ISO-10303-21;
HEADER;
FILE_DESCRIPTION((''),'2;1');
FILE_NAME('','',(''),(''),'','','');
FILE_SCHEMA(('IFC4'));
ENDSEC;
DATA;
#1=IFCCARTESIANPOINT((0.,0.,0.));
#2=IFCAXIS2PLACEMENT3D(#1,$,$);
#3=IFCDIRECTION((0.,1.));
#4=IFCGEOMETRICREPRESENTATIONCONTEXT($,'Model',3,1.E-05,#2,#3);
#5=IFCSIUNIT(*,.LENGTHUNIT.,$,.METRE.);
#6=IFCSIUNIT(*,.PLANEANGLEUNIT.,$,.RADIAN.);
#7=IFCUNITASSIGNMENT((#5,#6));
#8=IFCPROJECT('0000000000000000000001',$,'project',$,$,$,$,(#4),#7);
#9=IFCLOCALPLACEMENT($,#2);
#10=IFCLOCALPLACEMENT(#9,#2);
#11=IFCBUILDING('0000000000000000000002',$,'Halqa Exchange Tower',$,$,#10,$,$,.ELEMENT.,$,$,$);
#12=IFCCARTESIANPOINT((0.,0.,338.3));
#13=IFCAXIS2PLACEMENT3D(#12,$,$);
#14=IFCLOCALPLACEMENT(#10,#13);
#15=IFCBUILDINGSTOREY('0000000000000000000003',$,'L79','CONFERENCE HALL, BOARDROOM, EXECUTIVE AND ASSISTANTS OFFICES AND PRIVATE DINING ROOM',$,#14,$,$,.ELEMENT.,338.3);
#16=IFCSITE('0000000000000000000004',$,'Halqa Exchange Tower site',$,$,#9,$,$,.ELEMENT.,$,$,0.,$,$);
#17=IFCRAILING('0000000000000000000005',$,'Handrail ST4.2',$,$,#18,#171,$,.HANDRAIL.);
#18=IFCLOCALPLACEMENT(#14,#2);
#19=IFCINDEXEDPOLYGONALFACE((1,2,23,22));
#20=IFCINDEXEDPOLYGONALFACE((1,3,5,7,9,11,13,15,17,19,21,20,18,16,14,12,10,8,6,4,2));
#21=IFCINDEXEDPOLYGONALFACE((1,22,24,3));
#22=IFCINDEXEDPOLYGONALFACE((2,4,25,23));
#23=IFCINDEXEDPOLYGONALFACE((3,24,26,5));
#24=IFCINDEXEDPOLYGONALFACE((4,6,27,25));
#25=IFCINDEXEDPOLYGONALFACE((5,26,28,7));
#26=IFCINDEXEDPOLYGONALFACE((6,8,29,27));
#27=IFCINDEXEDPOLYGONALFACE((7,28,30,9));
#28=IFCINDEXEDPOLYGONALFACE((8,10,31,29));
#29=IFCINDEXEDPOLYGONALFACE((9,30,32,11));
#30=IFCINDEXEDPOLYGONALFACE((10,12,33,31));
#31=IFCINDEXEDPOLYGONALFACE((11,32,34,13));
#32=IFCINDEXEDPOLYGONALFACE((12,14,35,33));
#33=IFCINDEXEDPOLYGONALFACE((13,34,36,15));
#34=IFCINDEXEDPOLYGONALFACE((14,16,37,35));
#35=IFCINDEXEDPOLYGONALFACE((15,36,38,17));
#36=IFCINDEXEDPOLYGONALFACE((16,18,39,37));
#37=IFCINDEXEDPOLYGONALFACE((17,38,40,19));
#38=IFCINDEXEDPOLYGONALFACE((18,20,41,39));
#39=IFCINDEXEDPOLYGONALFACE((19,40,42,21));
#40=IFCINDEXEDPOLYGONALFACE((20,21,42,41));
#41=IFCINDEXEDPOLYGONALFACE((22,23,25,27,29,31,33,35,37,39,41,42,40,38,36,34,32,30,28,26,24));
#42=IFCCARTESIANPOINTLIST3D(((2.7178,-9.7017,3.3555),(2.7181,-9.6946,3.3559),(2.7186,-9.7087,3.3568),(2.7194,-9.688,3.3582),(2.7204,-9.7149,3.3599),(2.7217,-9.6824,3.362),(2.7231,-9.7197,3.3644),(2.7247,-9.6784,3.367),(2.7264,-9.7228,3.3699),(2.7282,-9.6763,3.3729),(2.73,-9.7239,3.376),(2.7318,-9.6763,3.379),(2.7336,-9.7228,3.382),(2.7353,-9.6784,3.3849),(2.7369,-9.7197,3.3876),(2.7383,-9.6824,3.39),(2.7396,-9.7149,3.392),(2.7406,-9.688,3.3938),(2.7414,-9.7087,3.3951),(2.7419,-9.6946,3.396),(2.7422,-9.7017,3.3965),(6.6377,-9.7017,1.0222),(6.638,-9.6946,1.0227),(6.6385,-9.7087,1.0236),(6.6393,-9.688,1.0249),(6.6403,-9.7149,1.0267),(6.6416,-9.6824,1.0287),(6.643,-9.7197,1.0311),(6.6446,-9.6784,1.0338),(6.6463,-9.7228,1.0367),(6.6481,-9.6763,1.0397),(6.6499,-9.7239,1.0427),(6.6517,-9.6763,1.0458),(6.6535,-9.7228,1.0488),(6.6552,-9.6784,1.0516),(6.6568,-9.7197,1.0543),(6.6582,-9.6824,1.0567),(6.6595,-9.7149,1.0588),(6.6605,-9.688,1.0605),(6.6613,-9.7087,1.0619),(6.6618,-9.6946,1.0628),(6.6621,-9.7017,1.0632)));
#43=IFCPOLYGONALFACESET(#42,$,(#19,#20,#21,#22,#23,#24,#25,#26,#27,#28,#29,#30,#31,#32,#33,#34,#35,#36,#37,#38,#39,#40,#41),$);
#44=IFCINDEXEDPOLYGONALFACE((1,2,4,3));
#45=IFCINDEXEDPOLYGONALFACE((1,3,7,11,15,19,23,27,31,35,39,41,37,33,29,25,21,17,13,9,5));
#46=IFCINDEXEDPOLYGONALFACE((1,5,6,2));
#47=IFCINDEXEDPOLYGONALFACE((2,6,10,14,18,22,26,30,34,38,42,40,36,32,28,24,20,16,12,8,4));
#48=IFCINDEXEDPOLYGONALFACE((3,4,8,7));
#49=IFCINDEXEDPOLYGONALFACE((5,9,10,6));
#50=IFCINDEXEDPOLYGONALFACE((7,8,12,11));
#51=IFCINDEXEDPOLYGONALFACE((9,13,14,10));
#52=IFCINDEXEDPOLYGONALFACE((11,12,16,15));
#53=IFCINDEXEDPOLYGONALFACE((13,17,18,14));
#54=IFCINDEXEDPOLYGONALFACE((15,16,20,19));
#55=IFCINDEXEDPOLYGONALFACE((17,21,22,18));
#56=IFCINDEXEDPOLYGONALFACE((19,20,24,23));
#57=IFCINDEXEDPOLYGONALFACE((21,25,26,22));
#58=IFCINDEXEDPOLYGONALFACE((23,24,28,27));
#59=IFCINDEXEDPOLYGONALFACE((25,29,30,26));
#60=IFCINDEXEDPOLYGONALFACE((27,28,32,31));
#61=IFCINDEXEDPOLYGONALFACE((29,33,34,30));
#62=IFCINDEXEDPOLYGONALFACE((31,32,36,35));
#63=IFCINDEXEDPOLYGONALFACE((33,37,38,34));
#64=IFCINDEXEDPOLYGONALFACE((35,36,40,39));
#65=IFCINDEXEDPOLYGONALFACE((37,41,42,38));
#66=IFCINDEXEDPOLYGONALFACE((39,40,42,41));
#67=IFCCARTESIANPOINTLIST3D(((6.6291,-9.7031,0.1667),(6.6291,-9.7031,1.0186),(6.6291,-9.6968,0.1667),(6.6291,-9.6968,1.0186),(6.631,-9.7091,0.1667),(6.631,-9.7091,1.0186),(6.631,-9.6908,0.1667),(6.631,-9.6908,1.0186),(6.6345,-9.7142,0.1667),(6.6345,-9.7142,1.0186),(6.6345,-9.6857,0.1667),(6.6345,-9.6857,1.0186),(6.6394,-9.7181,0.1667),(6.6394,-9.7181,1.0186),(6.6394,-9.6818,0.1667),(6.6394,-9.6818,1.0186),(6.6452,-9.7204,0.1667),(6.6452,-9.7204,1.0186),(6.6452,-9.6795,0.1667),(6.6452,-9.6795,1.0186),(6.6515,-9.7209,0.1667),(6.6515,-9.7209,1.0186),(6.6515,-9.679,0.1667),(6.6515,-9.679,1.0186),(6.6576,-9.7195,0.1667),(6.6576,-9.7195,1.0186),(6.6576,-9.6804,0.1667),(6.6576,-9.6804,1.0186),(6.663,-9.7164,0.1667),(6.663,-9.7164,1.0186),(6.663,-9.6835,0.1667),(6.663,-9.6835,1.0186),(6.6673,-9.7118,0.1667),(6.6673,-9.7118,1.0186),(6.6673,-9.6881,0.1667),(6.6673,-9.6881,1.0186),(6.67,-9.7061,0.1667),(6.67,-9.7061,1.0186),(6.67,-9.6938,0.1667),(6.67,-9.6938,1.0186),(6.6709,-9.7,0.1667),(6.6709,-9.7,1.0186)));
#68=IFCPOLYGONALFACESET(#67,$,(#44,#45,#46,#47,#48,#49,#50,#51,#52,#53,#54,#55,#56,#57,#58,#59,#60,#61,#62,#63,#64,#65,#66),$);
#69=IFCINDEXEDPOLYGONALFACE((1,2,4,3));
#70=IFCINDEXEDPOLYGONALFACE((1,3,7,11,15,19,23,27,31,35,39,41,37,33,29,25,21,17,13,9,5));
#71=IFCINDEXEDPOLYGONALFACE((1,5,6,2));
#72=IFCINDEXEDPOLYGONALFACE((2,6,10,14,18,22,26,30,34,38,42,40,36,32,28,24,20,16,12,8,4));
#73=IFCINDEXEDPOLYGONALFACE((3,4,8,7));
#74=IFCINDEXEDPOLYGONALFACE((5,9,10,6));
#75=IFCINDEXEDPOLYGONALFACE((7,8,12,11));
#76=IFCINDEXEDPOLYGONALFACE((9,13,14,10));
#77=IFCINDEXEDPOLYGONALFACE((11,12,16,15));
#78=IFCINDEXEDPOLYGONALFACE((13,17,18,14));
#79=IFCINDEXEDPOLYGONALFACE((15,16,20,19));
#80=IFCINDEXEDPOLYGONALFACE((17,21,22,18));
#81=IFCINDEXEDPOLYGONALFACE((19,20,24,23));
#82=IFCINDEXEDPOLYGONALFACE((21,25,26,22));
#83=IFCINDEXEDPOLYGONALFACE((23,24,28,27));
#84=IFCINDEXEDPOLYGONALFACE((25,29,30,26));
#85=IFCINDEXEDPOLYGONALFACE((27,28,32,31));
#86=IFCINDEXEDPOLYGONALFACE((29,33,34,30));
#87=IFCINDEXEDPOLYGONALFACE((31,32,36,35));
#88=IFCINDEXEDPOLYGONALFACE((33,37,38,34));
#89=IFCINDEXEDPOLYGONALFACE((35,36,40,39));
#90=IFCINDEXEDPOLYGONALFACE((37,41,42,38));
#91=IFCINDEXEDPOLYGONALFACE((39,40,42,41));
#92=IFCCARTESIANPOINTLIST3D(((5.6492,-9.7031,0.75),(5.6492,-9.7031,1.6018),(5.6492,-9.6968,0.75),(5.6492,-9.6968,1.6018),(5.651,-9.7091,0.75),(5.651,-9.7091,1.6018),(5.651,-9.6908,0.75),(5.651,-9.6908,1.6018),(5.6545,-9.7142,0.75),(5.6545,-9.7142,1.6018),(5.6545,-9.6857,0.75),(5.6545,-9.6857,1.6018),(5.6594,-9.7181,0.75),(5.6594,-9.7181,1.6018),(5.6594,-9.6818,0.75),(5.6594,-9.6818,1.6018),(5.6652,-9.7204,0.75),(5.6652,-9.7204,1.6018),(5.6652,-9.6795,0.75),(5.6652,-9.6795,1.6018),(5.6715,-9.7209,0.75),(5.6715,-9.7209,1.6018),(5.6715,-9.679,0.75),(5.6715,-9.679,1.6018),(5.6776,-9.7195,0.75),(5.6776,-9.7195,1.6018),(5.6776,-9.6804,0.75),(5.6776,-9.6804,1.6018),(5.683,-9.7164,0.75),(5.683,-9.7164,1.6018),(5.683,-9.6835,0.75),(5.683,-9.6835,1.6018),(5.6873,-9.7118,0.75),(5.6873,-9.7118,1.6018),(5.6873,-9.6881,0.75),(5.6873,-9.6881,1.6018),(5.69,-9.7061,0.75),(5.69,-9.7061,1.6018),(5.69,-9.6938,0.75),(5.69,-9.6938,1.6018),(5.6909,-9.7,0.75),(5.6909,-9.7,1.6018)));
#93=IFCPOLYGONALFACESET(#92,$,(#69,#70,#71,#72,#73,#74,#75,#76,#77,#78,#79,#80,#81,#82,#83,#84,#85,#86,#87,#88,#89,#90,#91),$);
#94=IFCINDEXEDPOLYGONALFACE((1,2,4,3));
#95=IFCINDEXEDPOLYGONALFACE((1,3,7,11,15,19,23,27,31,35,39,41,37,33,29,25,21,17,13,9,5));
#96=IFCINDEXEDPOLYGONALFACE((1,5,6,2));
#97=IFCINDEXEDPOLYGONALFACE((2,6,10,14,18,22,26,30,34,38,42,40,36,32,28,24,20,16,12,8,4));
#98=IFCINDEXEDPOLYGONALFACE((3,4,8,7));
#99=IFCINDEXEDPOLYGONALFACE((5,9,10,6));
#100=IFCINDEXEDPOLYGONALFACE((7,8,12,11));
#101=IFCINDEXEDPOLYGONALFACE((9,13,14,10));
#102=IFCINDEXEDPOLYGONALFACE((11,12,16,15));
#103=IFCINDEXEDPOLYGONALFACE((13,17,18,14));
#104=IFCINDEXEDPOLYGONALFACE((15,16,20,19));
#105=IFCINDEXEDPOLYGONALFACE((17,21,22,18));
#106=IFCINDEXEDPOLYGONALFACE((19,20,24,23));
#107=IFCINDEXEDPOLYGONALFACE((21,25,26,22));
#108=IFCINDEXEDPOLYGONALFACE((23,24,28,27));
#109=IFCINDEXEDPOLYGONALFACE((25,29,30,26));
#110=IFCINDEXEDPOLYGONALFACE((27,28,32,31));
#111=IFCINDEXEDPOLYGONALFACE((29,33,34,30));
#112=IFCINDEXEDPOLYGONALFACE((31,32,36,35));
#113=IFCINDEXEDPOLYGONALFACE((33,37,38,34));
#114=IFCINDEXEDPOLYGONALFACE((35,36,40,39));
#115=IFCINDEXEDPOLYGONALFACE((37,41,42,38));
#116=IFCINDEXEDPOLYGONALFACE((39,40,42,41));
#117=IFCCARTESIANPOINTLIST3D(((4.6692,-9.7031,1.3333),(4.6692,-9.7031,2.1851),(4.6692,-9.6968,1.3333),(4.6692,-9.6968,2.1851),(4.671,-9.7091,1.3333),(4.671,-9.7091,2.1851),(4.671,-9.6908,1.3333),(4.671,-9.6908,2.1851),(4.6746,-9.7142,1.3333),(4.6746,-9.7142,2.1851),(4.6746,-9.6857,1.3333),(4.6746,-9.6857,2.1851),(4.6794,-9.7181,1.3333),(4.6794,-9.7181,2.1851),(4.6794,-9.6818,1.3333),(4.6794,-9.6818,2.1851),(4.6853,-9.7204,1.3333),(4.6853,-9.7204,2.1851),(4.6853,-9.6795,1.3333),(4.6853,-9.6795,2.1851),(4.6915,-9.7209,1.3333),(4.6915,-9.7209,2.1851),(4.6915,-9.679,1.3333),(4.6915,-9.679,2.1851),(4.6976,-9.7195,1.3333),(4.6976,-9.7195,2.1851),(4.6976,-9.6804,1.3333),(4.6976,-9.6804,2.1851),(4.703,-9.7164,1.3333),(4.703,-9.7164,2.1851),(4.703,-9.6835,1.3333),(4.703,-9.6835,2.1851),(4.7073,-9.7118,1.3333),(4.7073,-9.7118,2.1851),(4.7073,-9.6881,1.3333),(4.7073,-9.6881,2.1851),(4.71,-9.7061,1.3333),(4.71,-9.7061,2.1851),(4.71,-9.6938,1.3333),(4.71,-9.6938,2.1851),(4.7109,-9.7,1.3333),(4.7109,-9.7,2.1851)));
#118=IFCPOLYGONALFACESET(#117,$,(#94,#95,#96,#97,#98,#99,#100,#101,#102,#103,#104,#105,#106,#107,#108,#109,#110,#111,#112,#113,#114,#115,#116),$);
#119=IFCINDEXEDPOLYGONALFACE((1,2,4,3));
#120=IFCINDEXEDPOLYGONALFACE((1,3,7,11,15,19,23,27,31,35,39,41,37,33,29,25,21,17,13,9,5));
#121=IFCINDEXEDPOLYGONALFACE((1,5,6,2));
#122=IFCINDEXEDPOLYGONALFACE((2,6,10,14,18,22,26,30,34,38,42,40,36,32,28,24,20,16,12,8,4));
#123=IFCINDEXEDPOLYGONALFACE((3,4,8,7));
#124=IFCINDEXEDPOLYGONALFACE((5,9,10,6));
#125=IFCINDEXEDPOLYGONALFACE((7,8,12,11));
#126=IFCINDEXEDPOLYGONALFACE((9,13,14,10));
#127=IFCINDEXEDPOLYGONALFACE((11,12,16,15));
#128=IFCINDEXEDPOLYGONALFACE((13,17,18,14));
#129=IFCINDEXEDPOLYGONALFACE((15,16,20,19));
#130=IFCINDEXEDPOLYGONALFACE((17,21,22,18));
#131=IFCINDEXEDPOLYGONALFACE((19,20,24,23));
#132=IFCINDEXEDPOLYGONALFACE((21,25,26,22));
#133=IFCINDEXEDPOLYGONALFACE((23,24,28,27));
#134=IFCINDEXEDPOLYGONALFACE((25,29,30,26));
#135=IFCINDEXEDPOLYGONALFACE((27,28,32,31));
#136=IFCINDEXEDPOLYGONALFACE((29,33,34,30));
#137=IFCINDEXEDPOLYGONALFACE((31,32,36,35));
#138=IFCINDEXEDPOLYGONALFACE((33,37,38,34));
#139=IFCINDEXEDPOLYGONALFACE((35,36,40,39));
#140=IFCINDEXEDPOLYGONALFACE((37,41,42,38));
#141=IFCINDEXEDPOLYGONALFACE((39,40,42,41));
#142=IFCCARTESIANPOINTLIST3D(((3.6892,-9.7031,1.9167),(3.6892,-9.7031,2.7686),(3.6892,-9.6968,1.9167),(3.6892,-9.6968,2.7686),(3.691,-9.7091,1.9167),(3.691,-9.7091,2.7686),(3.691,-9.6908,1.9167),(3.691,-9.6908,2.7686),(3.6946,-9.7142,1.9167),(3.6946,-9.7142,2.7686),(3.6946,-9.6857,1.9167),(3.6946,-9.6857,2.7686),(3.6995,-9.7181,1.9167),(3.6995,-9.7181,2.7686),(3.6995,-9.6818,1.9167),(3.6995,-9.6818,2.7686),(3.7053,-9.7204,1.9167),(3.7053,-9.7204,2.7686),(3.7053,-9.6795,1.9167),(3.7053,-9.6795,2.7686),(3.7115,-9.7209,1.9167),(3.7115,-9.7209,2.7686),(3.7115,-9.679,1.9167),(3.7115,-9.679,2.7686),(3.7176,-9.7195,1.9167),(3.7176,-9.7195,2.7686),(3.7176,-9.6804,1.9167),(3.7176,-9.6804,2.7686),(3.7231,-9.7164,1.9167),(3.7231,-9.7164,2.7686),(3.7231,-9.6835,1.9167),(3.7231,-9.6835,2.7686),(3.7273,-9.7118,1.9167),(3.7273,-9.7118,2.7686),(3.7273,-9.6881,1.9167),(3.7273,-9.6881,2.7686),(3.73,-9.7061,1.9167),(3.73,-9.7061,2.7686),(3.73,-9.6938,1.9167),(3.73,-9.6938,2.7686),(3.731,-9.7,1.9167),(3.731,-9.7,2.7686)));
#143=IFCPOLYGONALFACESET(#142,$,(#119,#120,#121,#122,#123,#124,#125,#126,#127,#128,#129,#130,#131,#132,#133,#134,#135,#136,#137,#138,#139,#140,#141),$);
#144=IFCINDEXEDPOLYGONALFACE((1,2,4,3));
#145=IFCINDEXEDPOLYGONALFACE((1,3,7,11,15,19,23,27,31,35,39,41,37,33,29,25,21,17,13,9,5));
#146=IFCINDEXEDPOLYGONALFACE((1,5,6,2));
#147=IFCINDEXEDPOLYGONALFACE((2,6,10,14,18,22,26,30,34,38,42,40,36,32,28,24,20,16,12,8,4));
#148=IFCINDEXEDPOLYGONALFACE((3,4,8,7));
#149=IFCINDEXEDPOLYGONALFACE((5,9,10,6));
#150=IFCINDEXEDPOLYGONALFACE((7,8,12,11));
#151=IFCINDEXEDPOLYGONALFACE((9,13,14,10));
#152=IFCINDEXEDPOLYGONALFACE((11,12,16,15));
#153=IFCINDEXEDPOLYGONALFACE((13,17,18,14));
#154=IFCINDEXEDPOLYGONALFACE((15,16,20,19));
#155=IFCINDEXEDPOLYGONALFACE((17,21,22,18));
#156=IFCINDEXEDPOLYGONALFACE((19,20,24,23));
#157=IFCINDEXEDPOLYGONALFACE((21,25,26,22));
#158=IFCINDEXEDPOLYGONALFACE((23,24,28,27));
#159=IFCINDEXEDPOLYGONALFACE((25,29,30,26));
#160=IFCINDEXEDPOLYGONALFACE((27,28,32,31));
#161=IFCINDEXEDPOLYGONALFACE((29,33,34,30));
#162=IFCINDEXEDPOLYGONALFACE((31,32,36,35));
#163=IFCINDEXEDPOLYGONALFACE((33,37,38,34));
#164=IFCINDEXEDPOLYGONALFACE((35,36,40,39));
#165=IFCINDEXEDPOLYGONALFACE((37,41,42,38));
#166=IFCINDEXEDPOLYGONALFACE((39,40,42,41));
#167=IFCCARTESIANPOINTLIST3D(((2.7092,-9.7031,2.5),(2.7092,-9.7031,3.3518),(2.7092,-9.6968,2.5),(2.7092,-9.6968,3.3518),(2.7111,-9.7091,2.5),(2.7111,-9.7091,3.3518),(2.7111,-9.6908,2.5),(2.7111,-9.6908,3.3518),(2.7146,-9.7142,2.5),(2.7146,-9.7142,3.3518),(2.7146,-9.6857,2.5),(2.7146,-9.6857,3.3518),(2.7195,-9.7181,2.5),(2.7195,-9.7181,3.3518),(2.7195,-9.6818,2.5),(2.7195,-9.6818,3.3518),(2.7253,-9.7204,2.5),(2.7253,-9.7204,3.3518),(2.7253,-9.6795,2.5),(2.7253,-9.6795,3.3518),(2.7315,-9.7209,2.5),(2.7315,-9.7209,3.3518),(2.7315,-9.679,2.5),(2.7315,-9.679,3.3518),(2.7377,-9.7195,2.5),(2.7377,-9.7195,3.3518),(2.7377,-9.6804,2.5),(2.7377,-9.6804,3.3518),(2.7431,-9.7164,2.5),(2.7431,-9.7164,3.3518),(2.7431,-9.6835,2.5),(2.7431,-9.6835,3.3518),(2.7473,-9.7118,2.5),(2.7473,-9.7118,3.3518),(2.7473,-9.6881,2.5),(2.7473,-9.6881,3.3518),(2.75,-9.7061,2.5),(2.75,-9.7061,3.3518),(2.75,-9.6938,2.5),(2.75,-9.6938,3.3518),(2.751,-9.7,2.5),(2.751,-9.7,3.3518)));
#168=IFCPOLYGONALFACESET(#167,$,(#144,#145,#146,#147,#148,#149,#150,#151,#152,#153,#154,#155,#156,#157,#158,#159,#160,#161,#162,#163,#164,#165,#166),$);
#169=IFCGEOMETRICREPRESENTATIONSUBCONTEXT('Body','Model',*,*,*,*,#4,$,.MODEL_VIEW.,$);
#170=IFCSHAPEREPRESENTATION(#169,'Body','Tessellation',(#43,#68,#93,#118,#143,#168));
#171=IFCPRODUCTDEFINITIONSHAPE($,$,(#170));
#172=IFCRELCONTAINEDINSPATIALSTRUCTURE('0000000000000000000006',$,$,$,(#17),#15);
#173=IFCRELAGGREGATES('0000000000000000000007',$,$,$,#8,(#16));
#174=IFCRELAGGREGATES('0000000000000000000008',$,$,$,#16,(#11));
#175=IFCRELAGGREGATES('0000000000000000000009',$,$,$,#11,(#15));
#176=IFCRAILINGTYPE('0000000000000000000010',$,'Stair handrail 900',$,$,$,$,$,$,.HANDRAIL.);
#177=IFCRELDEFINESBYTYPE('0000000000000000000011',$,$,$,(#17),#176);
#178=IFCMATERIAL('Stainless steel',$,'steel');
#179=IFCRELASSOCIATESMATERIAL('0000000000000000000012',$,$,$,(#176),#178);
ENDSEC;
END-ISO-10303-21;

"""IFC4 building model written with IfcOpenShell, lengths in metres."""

from ifc_helpers import new_model, si_unit, direction, frame, origin, origin_2d, place, context, subcontext, project, spatial, circle, extrude, material, type_object, element, save


model = new_model("IFC4")

# Units and contexts
model_context = context("Model", 3, precision=1e-05, world=origin(), true_north=direction((0.0, 1.0)))
body_context = subcontext(model_context, "Body", "Model", "MODEL_VIEW")
ifc_project = project(units=[si_unit("LENGTHUNIT", "METRE"), si_unit("PLANEANGLEUNIT", "RADIAN")], contexts=[model_context])

# Site, building, storey
site_placement = place(None, origin())
site = spatial("IfcSite", under=ifc_project, at=site_placement, Name="Halqa Exchange Tower site", CompositionType="ELEMENT", RefElevation=0.0)
building_placement = place(site_placement, origin())
building = spatial("IfcBuilding", under=site, at=building_placement, Name="Halqa Exchange Tower", CompositionType="ELEMENT")
storey_placement = place(building_placement, frame((0.0, 0.0, 338.3)))
storey = spatial("IfcBuildingStorey", under=building, at=storey_placement, Name="L79", Description="CONFERENCE HALL, BOARDROOM, EXECUTIVE AND ASSISTANTS OFFICES AND PRIVATE DINING ROOM", CompositionType="ELEMENT", Elevation=338.3)

# Railing
ifc_material_1 = material(Name="Stainless steel", Category="steel")
railing_type_1 = type_object("IfcRailingType", Name="Stair handrail 900", PredefinedType="HANDRAIL", material=ifc_material_1)
railing_1_placement = place(storey_placement, frame((6.6499, -9.7, 0.1667)))
element("IfcRailing", 1, at=railing_1_placement, inside=storey, type_object=railing_type_1, Name="Handrail ST4.2", PredefinedType="HANDRAIL", context=body_context, shape_type="SweptSolid", body=[
    extrude(circle(Radius=0.0239, at=origin_2d()), frame((0.0, 0.0, 0.876), z_axis=(-0.859296, 0.0, 0.511478), x_axis=(0.0, -1.0, 0.0)), (0.0, 0.0, 1.0), 4.5618),
    extrude(circle(Radius=0.021, at=origin_2d()), origin(), (0.0, 0.0, 1.0), 0.8518),
    extrude(circle(Radius=0.021, at=origin_2d()), frame((-0.98, 0.0, 0.5833)), (0.0, 0.0, 1.0), 0.8518),
    extrude(circle(Radius=0.021, at=origin_2d()), frame((-1.96, 0.0, 1.1665)), (0.0, 0.0, 1.0), 0.8518),
    extrude(circle(Radius=0.021, at=origin_2d()), frame((-2.9399, 0.0, 1.75)), (0.0, 0.0, 1.0), 0.8518),
    extrude(circle(Radius=0.021, at=origin_2d()), frame((-3.9199, 0.0, 2.3333)), (0.0, 0.0, 1.0), 0.8518),
])

save(model, "model.ifc")
